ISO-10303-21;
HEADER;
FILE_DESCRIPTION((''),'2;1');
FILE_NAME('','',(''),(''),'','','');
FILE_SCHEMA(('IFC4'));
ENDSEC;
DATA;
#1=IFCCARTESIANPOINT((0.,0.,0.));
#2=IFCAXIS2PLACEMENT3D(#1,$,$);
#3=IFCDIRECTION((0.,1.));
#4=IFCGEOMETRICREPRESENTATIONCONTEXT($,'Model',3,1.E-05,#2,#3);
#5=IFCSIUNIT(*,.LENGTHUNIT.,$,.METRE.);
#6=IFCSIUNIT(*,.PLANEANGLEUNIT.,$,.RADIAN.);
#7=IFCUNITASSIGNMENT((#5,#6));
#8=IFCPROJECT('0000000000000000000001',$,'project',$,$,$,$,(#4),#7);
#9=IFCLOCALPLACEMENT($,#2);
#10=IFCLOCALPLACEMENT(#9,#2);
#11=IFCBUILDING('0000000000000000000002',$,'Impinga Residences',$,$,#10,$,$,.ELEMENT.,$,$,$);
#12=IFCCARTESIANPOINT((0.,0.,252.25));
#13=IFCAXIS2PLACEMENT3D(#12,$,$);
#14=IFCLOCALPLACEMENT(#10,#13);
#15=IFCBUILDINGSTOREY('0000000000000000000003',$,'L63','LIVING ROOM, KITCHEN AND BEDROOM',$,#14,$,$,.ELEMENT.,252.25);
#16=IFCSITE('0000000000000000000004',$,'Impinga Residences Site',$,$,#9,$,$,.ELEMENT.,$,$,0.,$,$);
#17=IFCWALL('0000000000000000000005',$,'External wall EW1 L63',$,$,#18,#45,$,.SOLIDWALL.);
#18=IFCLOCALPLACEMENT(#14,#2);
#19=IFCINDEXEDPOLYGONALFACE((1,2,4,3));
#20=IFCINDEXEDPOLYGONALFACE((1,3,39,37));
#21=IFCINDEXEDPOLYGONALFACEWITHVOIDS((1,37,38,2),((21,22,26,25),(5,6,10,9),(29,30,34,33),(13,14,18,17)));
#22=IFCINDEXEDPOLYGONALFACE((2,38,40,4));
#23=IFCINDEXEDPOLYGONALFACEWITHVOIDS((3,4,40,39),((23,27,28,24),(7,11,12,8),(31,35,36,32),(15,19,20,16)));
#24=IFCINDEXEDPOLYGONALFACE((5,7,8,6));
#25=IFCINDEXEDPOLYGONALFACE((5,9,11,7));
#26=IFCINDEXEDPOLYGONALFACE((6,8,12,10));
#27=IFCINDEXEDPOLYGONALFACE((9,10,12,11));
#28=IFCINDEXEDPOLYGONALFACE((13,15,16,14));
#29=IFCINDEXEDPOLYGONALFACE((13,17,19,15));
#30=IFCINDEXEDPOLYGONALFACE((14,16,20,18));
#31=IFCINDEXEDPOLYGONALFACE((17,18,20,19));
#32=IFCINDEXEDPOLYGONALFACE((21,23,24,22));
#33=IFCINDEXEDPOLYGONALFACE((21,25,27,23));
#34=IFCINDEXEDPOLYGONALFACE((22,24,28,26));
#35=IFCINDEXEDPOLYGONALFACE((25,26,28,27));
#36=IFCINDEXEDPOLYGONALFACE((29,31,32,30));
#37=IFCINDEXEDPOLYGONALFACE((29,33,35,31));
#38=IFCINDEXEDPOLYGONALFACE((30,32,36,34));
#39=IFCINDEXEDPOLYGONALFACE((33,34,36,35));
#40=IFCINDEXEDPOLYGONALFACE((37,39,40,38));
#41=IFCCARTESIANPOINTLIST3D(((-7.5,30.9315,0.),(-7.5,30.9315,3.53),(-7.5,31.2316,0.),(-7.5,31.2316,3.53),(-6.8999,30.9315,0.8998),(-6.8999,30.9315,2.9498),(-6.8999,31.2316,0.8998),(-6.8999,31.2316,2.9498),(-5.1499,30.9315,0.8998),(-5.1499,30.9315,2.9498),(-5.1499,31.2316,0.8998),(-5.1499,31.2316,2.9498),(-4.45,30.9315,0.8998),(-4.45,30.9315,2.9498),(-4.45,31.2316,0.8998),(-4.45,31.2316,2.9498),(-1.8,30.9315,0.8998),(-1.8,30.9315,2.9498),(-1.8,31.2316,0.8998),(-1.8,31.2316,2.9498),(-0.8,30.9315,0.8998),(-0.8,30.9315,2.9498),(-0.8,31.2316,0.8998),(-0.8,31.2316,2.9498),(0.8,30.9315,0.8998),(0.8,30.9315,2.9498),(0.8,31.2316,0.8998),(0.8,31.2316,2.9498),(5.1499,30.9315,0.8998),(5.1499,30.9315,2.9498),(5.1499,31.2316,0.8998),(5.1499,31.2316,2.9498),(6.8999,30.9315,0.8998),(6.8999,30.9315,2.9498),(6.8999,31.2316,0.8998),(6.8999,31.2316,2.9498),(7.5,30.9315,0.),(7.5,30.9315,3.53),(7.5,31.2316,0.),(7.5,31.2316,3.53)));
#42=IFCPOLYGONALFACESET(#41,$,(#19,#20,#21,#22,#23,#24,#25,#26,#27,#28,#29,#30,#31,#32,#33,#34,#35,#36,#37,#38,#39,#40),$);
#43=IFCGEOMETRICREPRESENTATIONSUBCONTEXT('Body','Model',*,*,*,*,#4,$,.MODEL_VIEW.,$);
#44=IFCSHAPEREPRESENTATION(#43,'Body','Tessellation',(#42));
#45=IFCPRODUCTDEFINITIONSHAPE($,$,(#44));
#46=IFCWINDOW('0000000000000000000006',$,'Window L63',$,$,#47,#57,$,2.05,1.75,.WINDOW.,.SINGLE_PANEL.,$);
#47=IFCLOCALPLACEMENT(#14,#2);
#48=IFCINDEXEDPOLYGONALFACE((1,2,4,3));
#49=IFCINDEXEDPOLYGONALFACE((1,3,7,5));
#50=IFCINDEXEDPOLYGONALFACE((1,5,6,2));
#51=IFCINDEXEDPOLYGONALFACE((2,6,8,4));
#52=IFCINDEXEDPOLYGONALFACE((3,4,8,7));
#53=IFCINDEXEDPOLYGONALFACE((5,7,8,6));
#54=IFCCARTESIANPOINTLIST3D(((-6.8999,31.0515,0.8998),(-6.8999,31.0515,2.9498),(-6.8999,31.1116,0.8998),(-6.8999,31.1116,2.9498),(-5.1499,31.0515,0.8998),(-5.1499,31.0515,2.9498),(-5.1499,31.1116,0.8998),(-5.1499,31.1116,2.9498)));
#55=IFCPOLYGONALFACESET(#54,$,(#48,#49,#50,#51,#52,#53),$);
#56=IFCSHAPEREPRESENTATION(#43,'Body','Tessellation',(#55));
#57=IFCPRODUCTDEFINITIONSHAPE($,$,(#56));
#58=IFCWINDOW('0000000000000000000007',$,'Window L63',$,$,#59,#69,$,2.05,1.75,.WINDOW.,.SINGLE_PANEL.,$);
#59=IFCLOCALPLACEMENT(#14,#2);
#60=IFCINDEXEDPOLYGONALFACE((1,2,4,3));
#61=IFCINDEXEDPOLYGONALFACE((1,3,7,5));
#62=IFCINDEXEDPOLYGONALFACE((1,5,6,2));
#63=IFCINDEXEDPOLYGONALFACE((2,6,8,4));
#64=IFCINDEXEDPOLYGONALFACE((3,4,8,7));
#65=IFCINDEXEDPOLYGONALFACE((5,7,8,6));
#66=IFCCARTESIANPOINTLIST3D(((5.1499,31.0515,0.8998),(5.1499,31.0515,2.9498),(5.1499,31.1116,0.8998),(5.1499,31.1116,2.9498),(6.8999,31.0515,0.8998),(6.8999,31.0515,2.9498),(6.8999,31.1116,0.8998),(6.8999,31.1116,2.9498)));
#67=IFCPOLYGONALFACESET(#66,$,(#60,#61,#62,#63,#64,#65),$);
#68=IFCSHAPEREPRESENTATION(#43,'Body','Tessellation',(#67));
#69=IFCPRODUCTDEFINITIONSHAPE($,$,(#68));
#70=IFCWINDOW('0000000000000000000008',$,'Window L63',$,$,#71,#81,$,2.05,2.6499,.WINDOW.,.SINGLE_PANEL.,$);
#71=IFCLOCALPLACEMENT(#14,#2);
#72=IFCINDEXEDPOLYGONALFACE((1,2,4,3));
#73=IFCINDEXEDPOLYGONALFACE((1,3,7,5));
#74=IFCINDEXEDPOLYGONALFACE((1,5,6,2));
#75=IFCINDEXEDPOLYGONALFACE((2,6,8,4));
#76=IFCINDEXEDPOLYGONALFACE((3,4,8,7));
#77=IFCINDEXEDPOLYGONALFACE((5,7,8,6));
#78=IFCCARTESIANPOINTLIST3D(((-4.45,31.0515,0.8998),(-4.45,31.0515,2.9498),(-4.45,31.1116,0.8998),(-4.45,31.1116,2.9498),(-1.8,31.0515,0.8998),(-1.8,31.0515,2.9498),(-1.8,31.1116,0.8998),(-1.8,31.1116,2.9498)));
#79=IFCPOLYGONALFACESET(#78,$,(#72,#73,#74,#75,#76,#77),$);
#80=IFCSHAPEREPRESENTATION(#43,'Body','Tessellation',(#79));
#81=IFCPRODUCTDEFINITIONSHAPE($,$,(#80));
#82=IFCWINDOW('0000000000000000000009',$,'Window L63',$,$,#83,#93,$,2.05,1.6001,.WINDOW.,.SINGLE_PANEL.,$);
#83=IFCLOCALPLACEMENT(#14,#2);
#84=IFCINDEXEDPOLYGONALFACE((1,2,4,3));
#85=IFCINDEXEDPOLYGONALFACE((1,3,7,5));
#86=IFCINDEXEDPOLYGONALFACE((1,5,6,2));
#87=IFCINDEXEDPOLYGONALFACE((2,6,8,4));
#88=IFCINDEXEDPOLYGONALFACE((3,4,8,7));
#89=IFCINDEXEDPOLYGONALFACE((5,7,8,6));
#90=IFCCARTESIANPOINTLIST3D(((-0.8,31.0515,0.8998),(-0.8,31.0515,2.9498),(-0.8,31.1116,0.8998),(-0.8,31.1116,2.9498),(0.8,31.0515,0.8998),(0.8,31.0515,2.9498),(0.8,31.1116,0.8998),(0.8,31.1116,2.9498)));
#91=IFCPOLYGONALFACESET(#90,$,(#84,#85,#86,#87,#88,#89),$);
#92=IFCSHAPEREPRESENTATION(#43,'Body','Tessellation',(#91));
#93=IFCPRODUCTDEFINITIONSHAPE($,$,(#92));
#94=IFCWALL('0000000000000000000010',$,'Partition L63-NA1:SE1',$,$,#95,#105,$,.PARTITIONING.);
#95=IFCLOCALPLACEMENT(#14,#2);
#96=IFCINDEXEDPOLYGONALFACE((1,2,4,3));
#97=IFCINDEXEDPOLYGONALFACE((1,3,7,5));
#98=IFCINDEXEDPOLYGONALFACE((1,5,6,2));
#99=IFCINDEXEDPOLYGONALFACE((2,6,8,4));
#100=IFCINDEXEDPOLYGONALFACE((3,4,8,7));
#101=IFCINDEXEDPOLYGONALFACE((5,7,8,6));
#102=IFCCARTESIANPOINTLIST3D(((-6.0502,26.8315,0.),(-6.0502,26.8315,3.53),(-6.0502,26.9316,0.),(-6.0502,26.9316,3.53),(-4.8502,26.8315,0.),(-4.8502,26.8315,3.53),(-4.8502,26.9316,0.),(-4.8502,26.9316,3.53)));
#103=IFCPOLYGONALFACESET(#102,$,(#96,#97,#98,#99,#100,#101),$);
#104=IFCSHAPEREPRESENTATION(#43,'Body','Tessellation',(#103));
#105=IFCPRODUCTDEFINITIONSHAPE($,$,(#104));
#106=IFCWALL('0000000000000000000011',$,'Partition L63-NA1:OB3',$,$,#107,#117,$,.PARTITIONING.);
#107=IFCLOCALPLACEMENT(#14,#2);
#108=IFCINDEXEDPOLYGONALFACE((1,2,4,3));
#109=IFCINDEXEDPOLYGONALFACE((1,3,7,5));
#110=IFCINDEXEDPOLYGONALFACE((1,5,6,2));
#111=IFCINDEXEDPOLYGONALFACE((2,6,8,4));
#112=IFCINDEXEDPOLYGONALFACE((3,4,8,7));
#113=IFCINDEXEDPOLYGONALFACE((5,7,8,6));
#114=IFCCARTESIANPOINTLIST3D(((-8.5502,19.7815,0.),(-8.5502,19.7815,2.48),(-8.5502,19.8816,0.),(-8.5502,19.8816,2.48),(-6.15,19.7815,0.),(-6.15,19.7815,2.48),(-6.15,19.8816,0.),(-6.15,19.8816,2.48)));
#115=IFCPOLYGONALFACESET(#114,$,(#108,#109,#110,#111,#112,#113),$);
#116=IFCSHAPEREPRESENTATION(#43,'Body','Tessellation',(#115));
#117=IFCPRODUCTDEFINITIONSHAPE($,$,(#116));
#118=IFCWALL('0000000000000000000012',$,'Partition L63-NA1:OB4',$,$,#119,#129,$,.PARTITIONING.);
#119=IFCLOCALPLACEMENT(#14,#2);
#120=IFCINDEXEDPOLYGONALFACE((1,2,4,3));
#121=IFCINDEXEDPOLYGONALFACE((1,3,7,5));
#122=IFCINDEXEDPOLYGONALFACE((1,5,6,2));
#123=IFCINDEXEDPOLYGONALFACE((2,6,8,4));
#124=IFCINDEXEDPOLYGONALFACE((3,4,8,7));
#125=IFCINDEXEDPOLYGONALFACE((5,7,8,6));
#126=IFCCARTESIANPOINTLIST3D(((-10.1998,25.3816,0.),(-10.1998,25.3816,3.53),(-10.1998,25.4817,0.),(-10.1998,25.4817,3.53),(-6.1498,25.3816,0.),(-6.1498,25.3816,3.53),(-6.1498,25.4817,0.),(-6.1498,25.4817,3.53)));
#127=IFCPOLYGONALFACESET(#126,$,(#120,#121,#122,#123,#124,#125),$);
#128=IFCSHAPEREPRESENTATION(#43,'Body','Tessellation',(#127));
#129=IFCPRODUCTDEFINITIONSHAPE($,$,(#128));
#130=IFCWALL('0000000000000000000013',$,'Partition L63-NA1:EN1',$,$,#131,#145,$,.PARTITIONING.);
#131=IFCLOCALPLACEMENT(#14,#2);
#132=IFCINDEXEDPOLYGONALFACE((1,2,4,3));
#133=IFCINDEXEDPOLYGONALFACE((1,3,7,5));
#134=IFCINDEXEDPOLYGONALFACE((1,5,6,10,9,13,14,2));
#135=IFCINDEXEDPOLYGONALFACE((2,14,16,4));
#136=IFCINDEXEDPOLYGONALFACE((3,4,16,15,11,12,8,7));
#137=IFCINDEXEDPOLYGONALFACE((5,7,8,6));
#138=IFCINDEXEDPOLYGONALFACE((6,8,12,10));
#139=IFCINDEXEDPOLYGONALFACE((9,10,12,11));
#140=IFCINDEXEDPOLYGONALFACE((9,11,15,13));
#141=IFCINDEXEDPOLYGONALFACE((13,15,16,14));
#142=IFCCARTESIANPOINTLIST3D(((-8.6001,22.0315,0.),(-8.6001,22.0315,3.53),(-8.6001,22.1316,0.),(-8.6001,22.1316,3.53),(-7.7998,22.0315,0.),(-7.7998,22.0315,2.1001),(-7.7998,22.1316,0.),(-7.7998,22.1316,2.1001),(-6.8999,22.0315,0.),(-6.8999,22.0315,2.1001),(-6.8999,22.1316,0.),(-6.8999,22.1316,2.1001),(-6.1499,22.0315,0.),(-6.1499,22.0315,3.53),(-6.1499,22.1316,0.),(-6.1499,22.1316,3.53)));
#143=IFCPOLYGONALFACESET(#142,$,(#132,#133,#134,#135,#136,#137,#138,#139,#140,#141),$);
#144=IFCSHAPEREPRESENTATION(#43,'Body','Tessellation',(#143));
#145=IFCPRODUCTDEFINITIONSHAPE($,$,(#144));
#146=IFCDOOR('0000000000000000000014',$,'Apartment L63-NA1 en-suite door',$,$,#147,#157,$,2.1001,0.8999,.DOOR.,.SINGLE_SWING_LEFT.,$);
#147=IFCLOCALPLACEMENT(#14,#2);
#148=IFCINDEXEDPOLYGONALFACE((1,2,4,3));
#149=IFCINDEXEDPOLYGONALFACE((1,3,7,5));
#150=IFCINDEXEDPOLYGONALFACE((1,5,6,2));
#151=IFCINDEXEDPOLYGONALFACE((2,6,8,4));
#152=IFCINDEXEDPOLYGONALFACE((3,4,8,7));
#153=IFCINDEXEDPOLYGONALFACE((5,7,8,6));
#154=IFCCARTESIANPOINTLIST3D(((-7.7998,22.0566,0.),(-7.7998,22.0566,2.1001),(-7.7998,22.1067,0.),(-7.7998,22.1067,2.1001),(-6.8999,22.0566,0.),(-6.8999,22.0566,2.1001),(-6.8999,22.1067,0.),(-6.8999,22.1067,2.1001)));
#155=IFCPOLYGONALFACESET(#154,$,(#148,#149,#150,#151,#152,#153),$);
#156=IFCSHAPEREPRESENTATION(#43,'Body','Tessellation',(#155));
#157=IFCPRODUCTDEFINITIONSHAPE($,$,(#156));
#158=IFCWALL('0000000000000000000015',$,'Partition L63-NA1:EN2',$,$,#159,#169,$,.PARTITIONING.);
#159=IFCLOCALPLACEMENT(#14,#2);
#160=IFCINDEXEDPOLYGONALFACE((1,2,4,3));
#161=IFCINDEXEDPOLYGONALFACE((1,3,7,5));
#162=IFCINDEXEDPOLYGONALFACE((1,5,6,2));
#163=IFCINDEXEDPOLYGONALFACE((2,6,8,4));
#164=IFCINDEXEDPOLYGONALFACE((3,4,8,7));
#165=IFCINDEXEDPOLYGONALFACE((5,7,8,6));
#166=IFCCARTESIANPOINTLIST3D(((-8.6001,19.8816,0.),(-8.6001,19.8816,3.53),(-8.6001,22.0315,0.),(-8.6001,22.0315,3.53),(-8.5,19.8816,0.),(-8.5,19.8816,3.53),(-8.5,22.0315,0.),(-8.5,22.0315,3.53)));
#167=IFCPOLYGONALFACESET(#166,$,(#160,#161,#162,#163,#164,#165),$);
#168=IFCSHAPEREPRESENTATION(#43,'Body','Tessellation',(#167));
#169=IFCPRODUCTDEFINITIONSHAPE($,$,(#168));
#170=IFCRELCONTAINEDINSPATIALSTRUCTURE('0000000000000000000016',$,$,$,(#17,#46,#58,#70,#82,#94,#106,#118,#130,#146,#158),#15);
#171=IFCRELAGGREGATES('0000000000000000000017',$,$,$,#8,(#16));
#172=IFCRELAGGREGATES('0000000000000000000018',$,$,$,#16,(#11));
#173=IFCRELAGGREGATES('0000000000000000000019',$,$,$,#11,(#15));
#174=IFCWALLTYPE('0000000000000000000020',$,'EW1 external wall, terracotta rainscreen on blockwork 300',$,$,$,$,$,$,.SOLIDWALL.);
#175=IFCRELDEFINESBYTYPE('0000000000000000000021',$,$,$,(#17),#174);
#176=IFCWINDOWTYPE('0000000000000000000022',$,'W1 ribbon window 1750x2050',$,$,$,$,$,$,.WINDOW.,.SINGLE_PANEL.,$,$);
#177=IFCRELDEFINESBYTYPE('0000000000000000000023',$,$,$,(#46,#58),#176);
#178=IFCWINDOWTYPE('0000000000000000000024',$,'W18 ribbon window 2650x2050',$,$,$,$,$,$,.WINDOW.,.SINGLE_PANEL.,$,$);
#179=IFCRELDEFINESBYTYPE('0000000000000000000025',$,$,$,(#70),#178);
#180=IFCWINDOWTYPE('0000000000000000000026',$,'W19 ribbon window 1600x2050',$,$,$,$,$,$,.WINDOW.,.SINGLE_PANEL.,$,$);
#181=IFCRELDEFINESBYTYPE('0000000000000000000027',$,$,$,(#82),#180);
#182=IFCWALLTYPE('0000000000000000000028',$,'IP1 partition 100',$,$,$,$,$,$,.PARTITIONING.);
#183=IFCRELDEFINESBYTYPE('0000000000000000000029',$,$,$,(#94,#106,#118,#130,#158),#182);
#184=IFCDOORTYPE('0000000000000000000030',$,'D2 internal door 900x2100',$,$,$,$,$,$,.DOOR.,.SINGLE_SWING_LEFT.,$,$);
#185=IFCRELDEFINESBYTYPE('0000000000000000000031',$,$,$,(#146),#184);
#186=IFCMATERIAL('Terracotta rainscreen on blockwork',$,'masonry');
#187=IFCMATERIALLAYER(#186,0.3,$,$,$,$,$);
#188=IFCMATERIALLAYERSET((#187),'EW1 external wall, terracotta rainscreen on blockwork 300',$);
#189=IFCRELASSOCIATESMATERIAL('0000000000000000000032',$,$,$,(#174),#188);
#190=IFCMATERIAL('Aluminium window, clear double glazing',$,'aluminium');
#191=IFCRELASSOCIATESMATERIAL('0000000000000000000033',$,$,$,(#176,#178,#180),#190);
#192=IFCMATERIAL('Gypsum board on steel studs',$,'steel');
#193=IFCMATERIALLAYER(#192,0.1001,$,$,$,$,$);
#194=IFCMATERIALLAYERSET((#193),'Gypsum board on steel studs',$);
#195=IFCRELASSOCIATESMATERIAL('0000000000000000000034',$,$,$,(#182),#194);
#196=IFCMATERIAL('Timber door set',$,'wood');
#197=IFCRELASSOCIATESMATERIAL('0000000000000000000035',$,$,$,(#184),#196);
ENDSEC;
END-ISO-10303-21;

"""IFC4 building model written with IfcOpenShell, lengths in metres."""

from ifc_helpers import new_model, si_unit, direction, frame, frame_2d, origin, place, context, subcontext, project, spatial, rectangle, extrude, material, layer, layer_set, type_object, element, fill, save


model = new_model("IFC4")

# Units and contexts
model_context = context("Model", 3, precision=1e-05, world=origin(), true_north=direction((0.0, 1.0)))
body_context = subcontext(model_context, "Body", "Model", "MODEL_VIEW")
ifc_project = project(units=[si_unit("LENGTHUNIT", "METRE"), si_unit("PLANEANGLEUNIT", "RADIAN")], contexts=[model_context])

# Site, building, storey
site_placement = place(None, origin())
site = spatial("IfcSite", under=ifc_project, at=site_placement, Name="Impinga Residences Site", CompositionType="ELEMENT", RefElevation=0.0)
building_placement = place(site_placement, origin())
building = spatial("IfcBuilding", under=site, at=building_placement, Name="Impinga Residences", CompositionType="ELEMENT")
storey_placement = place(building_placement, frame((0.0, 0.0, 252.25)))
storey = spatial("IfcBuildingStorey", under=building, at=storey_placement, Name="L63", Description="LIVING ROOM, KITCHEN AND BEDROOM", CompositionType="ELEMENT", Elevation=252.25)

# Shared definitions
ifc_material_1 = material(Name="Timber door set", Category="wood")

# Shared definitions
ifc_material_2 = material(Name="Terracotta rainscreen on blockwork", Category="masonry")
ifc_layer_1 = layer(ifc_material_2, 0.3)
ifc_layer_set_1 = layer_set([ifc_layer_1], Name="EW1 external wall, terracotta rainscreen on blockwork 300")
wall_type_1 = type_object("IfcWallType", Name="EW1 external wall, terracotta rainscreen on blockwork 300", PredefinedType="SOLIDWALL", material=ifc_layer_set_1)

# Wall, openings, windows
wall_1_placement = place(storey_placement, frame((-7.5, 31.0815, 0.0), z_axis=(0.0, 0.0, 1.0), x_axis=(1.0, 0.0, 0.0)))
wall_1 = element("IfcWall", 1, at=wall_1_placement, inside=storey, type_object=wall_type_1, Name="External wall EW1 L63", PredefinedType="SOLIDWALL", context=body_context, shape_type="SweptSolid", body=[
    extrude(rectangle(XDim=15.0, YDim=0.3, at=frame_2d((7.5, 0.0))), origin(), (0.0, 0.0, 1.0), 3.53),
])
opening_1_placement = place(wall_1_placement, frame((0.6001, 0.0, 0.8999)))
opening_1 = element("IfcOpeningElement", 2, at=opening_1_placement, cuts=wall_1, PredefinedType="OPENING", context=body_context, shape_type="SweptSolid", body=[
    extrude(rectangle(XDim=1.75, YDim=2.05, at=frame_2d((0.875, 1.0249))), frame((0.0, 0.1599, 0.0), z_axis=(0.0, -1.0, 0.0), x_axis=(1.0, 0.0, 0.0)), (0.0, 0.0, 1.0), 0.3201),
])
opening_2_placement = place(wall_1_placement, frame((3.05, 0.0, 0.8999)))
opening_2 = element("IfcOpeningElement", 3, at=opening_2_placement, cuts=wall_1, PredefinedType="OPENING", context=body_context, shape_type="SweptSolid", body=[
    extrude(rectangle(XDim=2.6499, YDim=2.05, at=frame_2d((1.325, 1.0249))), frame((0.0, 0.1599, 0.0), z_axis=(0.0, -1.0, 0.0), x_axis=(1.0, 0.0, 0.0)), (0.0, 0.0, 1.0), 0.3201),
])
opening_3_placement = place(wall_1_placement, frame((6.7, 0.0, 0.8999)))
opening_3 = element("IfcOpeningElement", 4, at=opening_3_placement, cuts=wall_1, PredefinedType="OPENING", context=body_context, shape_type="SweptSolid", body=[
    extrude(rectangle(XDim=1.6001, YDim=2.05, at=frame_2d((0.8, 1.0249))), frame((0.0, 0.1599, 0.0), z_axis=(0.0, -1.0, 0.0), x_axis=(1.0, 0.0, 0.0)), (0.0, 0.0, 1.0), 0.3201),
])
opening_4_placement = place(wall_1_placement, frame((12.6499, 0.0, 0.8999)))
opening_4 = element("IfcOpeningElement", 5, at=opening_4_placement, cuts=wall_1, PredefinedType="OPENING", context=body_context, shape_type="SweptSolid", body=[
    extrude(rectangle(XDim=1.75, YDim=2.05, at=frame_2d((0.875, 1.0249))), frame((0.0, 0.1599, 0.0), z_axis=(0.0, -1.0, 0.0), x_axis=(1.0, 0.0, 0.0)), (0.0, 0.0, 1.0), 0.3201),
])
ifc_material_3 = material(Name="Aluminium window, clear double glazing", Category="aluminium")
window_type_1 = type_object("IfcWindowType", Name="W1 ribbon window 1750x2050", PartitioningType="SINGLE_PANEL", PredefinedType="WINDOW", material=ifc_material_3)
window_1_placement = place(opening_1_placement, origin())
window_1 = element("IfcWindow", 6, at=window_1_placement, inside=storey, type_object=window_type_1, Name="Window L63", OverallHeight=2.05, OverallWidth=1.75, PartitioningType="SINGLE_PANEL", PredefinedType="WINDOW", context=body_context, shape_type="SweptSolid", body=[
    extrude(rectangle(XDim=1.75, YDim=2.05, at=frame_2d((0.875, 1.0249))), frame((0.0, 0.03, 0.0), z_axis=(0.0, -1.0, 0.0), x_axis=(1.0, 0.0, 0.0)), (0.0, 0.0, 1.0), 0.0601),
])
fill(opening_1, window_1)
window_2_placement = place(opening_4_placement, origin())
window_2 = element("IfcWindow", 7, at=window_2_placement, inside=storey, type_object=window_type_1, Name="Window L63", OverallHeight=2.05, OverallWidth=1.75, PartitioningType="SINGLE_PANEL", PredefinedType="WINDOW", context=body_context, shape_type="SweptSolid", body=[
    extrude(rectangle(XDim=1.75, YDim=2.05, at=frame_2d((0.875, 1.0249))), frame((0.0, 0.03, 0.0), z_axis=(0.0, -1.0, 0.0), x_axis=(1.0, 0.0, 0.0)), (0.0, 0.0, 1.0), 0.0601),
])
fill(opening_4, window_2)
window_type_2 = type_object("IfcWindowType", Name="W18 ribbon window 2650x2050", PartitioningType="SINGLE_PANEL", PredefinedType="WINDOW", material=ifc_material_3)
window_3_placement = place(opening_2_placement, origin())
window_3 = element("IfcWindow", 8, at=window_3_placement, inside=storey, type_object=window_type_2, Name="Window L63", OverallHeight=2.05, OverallWidth=2.6499, PartitioningType="SINGLE_PANEL", PredefinedType="WINDOW", context=body_context, shape_type="SweptSolid", body=[
    extrude(rectangle(XDim=2.6499, YDim=2.05, at=frame_2d((1.325, 1.0249))), frame((0.0, 0.03, 0.0), z_axis=(0.0, -1.0, 0.0), x_axis=(1.0, 0.0, 0.0)), (0.0, 0.0, 1.0), 0.0601),
])
fill(opening_2, window_3)
window_type_3 = type_object("IfcWindowType", Name="W19 ribbon window 1600x2050", PartitioningType="SINGLE_PANEL", PredefinedType="WINDOW", material=ifc_material_3)
window_4_placement = place(opening_3_placement, origin())
window_4 = element("IfcWindow", 9, at=window_4_placement, inside=storey, type_object=window_type_3, Name="Window L63", OverallHeight=2.05, OverallWidth=1.6001, PartitioningType="SINGLE_PANEL", PredefinedType="WINDOW", context=body_context, shape_type="SweptSolid", body=[
    extrude(rectangle(XDim=1.6001, YDim=2.05, at=frame_2d((0.8, 1.0249))), frame((0.0, 0.03, 0.0), z_axis=(0.0, -1.0, 0.0), x_axis=(1.0, 0.0, 0.0)), (0.0, 0.0, 1.0), 0.0601),
])
fill(opening_3, window_4)

# Walls
ifc_material_4 = material(Name="Gypsum board on steel studs", Category="steel")
ifc_layer_2 = layer(ifc_material_4, 0.1001)
ifc_layer_set_2 = layer_set([ifc_layer_2], Name="Gypsum board on steel studs")
wall_type_2 = type_object("IfcWallType", Name="IP1 partition 100", PredefinedType="PARTITIONING", material=ifc_layer_set_2)
wall_2_placement = place(storey_placement, frame((-4.8501, 26.8816, 0.0), z_axis=(0.0, 0.0, 1.0), x_axis=(-1.0, 0.0, 0.0)))
element("IfcWall", 10, at=wall_2_placement, inside=storey, type_object=wall_type_2, Name="Partition L63-NA1:SE1", PredefinedType="PARTITIONING", context=body_context, shape_type="SweptSolid", body=[
    extrude(rectangle(XDim=1.2, YDim=0.1001, at=frame_2d((0.6001, 0.0))), origin(), (0.0, 0.0, 1.0), 3.53),
])
wall_3_placement = place(storey_placement, frame((-6.1499, 19.8315, 0.0), z_axis=(0.0, 0.0, 1.0), x_axis=(-1.0, 0.0, 0.0)))
element("IfcWall", 11, at=wall_3_placement, inside=storey, type_object=wall_type_2, Name="Partition L63-NA1:OB3", PredefinedType="PARTITIONING", context=body_context, shape_type="SweptSolid", body=[
    extrude(rectangle(XDim=2.4001, YDim=0.1001, at=frame_2d((1.2002, 0.0))), origin(), (0.0, 0.0, 1.0), 2.48),
])
wall_4_placement = place(storey_placement, frame((-6.1499, 25.4316, 0.0), z_axis=(0.0, 0.0, 1.0), x_axis=(-1.0, 0.0, 0.0)))
element("IfcWall", 12, at=wall_4_placement, inside=storey, type_object=wall_type_2, Name="Partition L63-NA1:OB4", PredefinedType="PARTITIONING", context=body_context, shape_type="SweptSolid", body=[
    extrude(rectangle(XDim=4.05, YDim=0.1001, at=frame_2d((2.0249, 0.0))), origin(), (0.0, 0.0, 1.0), 3.53),
])

# Wall, opening, door
wall_5_placement = place(storey_placement, frame((-6.1499, 22.0815, 0.0), z_axis=(0.0, 0.0, 1.0), x_axis=(-1.0, 0.0, 0.0)))
wall_5 = element("IfcWall", 13, at=wall_5_placement, inside=storey, type_object=wall_type_2, Name="Partition L63-NA1:EN1", PredefinedType="PARTITIONING", context=body_context, shape_type="SweptSolid", body=[
    extrude(rectangle(XDim=2.4502, YDim=0.1001, at=frame_2d((1.2251, 0.0))), origin(), (0.0, 0.0, 1.0), 3.53),
])
opening_5_placement = place(wall_5_placement, frame((0.75, 0.0, 0.0)))
opening_5 = element("IfcOpeningElement", 14, at=opening_5_placement, cuts=wall_5, PredefinedType="OPENING", context=body_context, shape_type="SweptSolid", body=[
    extrude(rectangle(XDim=0.8999, YDim=2.1001, at=frame_2d((0.45, 1.05))), frame((0.0, 0.0601, 0.0), z_axis=(0.0, -1.0, 0.0), x_axis=(1.0, 0.0, 0.0)), (0.0, 0.0, 1.0), 0.1201),
])
door_type_1 = type_object("IfcDoorType", Name="D2 internal door 900x2100", OperationType="SINGLE_SWING_LEFT", PredefinedType="DOOR", material=ifc_material_1)
door_1_placement = place(opening_5_placement, origin())
door_1 = element("IfcDoor", 15, at=door_1_placement, inside=storey, type_object=door_type_1, Name="Apartment L63-NA1 en-suite door", OperationType="SINGLE_SWING_LEFT", OverallHeight=2.1001, OverallWidth=0.8999, PredefinedType="DOOR", context=body_context, shape_type="SweptSolid", body=[
    extrude(rectangle(XDim=0.8999, YDim=2.1001, at=frame_2d((0.45, 1.05))), frame((0.0, 0.0249, 0.0), z_axis=(0.0, -1.0, 0.0), x_axis=(1.0, 0.0, 0.0)), (0.0, 0.0, 1.0), 0.05),
])
fill(opening_5, door_1)

# Wall
wall_6_placement = place(storey_placement, frame((-8.55, 19.8816, 0.0), z_axis=(0.0, 0.0, 1.0), x_axis=(0.0, 1.0, 0.0)))
element("IfcWall", 16, at=wall_6_placement, inside=storey, type_object=wall_type_2, Name="Partition L63-NA1:EN2", PredefinedType="PARTITIONING", context=body_context, shape_type="SweptSolid", body=[
    extrude(rectangle(XDim=2.1499, YDim=0.1001, at=frame_2d((1.075, 0.0))), origin(), (0.0, 0.0, 1.0), 3.53),
])

save(model, "model.ifc")
